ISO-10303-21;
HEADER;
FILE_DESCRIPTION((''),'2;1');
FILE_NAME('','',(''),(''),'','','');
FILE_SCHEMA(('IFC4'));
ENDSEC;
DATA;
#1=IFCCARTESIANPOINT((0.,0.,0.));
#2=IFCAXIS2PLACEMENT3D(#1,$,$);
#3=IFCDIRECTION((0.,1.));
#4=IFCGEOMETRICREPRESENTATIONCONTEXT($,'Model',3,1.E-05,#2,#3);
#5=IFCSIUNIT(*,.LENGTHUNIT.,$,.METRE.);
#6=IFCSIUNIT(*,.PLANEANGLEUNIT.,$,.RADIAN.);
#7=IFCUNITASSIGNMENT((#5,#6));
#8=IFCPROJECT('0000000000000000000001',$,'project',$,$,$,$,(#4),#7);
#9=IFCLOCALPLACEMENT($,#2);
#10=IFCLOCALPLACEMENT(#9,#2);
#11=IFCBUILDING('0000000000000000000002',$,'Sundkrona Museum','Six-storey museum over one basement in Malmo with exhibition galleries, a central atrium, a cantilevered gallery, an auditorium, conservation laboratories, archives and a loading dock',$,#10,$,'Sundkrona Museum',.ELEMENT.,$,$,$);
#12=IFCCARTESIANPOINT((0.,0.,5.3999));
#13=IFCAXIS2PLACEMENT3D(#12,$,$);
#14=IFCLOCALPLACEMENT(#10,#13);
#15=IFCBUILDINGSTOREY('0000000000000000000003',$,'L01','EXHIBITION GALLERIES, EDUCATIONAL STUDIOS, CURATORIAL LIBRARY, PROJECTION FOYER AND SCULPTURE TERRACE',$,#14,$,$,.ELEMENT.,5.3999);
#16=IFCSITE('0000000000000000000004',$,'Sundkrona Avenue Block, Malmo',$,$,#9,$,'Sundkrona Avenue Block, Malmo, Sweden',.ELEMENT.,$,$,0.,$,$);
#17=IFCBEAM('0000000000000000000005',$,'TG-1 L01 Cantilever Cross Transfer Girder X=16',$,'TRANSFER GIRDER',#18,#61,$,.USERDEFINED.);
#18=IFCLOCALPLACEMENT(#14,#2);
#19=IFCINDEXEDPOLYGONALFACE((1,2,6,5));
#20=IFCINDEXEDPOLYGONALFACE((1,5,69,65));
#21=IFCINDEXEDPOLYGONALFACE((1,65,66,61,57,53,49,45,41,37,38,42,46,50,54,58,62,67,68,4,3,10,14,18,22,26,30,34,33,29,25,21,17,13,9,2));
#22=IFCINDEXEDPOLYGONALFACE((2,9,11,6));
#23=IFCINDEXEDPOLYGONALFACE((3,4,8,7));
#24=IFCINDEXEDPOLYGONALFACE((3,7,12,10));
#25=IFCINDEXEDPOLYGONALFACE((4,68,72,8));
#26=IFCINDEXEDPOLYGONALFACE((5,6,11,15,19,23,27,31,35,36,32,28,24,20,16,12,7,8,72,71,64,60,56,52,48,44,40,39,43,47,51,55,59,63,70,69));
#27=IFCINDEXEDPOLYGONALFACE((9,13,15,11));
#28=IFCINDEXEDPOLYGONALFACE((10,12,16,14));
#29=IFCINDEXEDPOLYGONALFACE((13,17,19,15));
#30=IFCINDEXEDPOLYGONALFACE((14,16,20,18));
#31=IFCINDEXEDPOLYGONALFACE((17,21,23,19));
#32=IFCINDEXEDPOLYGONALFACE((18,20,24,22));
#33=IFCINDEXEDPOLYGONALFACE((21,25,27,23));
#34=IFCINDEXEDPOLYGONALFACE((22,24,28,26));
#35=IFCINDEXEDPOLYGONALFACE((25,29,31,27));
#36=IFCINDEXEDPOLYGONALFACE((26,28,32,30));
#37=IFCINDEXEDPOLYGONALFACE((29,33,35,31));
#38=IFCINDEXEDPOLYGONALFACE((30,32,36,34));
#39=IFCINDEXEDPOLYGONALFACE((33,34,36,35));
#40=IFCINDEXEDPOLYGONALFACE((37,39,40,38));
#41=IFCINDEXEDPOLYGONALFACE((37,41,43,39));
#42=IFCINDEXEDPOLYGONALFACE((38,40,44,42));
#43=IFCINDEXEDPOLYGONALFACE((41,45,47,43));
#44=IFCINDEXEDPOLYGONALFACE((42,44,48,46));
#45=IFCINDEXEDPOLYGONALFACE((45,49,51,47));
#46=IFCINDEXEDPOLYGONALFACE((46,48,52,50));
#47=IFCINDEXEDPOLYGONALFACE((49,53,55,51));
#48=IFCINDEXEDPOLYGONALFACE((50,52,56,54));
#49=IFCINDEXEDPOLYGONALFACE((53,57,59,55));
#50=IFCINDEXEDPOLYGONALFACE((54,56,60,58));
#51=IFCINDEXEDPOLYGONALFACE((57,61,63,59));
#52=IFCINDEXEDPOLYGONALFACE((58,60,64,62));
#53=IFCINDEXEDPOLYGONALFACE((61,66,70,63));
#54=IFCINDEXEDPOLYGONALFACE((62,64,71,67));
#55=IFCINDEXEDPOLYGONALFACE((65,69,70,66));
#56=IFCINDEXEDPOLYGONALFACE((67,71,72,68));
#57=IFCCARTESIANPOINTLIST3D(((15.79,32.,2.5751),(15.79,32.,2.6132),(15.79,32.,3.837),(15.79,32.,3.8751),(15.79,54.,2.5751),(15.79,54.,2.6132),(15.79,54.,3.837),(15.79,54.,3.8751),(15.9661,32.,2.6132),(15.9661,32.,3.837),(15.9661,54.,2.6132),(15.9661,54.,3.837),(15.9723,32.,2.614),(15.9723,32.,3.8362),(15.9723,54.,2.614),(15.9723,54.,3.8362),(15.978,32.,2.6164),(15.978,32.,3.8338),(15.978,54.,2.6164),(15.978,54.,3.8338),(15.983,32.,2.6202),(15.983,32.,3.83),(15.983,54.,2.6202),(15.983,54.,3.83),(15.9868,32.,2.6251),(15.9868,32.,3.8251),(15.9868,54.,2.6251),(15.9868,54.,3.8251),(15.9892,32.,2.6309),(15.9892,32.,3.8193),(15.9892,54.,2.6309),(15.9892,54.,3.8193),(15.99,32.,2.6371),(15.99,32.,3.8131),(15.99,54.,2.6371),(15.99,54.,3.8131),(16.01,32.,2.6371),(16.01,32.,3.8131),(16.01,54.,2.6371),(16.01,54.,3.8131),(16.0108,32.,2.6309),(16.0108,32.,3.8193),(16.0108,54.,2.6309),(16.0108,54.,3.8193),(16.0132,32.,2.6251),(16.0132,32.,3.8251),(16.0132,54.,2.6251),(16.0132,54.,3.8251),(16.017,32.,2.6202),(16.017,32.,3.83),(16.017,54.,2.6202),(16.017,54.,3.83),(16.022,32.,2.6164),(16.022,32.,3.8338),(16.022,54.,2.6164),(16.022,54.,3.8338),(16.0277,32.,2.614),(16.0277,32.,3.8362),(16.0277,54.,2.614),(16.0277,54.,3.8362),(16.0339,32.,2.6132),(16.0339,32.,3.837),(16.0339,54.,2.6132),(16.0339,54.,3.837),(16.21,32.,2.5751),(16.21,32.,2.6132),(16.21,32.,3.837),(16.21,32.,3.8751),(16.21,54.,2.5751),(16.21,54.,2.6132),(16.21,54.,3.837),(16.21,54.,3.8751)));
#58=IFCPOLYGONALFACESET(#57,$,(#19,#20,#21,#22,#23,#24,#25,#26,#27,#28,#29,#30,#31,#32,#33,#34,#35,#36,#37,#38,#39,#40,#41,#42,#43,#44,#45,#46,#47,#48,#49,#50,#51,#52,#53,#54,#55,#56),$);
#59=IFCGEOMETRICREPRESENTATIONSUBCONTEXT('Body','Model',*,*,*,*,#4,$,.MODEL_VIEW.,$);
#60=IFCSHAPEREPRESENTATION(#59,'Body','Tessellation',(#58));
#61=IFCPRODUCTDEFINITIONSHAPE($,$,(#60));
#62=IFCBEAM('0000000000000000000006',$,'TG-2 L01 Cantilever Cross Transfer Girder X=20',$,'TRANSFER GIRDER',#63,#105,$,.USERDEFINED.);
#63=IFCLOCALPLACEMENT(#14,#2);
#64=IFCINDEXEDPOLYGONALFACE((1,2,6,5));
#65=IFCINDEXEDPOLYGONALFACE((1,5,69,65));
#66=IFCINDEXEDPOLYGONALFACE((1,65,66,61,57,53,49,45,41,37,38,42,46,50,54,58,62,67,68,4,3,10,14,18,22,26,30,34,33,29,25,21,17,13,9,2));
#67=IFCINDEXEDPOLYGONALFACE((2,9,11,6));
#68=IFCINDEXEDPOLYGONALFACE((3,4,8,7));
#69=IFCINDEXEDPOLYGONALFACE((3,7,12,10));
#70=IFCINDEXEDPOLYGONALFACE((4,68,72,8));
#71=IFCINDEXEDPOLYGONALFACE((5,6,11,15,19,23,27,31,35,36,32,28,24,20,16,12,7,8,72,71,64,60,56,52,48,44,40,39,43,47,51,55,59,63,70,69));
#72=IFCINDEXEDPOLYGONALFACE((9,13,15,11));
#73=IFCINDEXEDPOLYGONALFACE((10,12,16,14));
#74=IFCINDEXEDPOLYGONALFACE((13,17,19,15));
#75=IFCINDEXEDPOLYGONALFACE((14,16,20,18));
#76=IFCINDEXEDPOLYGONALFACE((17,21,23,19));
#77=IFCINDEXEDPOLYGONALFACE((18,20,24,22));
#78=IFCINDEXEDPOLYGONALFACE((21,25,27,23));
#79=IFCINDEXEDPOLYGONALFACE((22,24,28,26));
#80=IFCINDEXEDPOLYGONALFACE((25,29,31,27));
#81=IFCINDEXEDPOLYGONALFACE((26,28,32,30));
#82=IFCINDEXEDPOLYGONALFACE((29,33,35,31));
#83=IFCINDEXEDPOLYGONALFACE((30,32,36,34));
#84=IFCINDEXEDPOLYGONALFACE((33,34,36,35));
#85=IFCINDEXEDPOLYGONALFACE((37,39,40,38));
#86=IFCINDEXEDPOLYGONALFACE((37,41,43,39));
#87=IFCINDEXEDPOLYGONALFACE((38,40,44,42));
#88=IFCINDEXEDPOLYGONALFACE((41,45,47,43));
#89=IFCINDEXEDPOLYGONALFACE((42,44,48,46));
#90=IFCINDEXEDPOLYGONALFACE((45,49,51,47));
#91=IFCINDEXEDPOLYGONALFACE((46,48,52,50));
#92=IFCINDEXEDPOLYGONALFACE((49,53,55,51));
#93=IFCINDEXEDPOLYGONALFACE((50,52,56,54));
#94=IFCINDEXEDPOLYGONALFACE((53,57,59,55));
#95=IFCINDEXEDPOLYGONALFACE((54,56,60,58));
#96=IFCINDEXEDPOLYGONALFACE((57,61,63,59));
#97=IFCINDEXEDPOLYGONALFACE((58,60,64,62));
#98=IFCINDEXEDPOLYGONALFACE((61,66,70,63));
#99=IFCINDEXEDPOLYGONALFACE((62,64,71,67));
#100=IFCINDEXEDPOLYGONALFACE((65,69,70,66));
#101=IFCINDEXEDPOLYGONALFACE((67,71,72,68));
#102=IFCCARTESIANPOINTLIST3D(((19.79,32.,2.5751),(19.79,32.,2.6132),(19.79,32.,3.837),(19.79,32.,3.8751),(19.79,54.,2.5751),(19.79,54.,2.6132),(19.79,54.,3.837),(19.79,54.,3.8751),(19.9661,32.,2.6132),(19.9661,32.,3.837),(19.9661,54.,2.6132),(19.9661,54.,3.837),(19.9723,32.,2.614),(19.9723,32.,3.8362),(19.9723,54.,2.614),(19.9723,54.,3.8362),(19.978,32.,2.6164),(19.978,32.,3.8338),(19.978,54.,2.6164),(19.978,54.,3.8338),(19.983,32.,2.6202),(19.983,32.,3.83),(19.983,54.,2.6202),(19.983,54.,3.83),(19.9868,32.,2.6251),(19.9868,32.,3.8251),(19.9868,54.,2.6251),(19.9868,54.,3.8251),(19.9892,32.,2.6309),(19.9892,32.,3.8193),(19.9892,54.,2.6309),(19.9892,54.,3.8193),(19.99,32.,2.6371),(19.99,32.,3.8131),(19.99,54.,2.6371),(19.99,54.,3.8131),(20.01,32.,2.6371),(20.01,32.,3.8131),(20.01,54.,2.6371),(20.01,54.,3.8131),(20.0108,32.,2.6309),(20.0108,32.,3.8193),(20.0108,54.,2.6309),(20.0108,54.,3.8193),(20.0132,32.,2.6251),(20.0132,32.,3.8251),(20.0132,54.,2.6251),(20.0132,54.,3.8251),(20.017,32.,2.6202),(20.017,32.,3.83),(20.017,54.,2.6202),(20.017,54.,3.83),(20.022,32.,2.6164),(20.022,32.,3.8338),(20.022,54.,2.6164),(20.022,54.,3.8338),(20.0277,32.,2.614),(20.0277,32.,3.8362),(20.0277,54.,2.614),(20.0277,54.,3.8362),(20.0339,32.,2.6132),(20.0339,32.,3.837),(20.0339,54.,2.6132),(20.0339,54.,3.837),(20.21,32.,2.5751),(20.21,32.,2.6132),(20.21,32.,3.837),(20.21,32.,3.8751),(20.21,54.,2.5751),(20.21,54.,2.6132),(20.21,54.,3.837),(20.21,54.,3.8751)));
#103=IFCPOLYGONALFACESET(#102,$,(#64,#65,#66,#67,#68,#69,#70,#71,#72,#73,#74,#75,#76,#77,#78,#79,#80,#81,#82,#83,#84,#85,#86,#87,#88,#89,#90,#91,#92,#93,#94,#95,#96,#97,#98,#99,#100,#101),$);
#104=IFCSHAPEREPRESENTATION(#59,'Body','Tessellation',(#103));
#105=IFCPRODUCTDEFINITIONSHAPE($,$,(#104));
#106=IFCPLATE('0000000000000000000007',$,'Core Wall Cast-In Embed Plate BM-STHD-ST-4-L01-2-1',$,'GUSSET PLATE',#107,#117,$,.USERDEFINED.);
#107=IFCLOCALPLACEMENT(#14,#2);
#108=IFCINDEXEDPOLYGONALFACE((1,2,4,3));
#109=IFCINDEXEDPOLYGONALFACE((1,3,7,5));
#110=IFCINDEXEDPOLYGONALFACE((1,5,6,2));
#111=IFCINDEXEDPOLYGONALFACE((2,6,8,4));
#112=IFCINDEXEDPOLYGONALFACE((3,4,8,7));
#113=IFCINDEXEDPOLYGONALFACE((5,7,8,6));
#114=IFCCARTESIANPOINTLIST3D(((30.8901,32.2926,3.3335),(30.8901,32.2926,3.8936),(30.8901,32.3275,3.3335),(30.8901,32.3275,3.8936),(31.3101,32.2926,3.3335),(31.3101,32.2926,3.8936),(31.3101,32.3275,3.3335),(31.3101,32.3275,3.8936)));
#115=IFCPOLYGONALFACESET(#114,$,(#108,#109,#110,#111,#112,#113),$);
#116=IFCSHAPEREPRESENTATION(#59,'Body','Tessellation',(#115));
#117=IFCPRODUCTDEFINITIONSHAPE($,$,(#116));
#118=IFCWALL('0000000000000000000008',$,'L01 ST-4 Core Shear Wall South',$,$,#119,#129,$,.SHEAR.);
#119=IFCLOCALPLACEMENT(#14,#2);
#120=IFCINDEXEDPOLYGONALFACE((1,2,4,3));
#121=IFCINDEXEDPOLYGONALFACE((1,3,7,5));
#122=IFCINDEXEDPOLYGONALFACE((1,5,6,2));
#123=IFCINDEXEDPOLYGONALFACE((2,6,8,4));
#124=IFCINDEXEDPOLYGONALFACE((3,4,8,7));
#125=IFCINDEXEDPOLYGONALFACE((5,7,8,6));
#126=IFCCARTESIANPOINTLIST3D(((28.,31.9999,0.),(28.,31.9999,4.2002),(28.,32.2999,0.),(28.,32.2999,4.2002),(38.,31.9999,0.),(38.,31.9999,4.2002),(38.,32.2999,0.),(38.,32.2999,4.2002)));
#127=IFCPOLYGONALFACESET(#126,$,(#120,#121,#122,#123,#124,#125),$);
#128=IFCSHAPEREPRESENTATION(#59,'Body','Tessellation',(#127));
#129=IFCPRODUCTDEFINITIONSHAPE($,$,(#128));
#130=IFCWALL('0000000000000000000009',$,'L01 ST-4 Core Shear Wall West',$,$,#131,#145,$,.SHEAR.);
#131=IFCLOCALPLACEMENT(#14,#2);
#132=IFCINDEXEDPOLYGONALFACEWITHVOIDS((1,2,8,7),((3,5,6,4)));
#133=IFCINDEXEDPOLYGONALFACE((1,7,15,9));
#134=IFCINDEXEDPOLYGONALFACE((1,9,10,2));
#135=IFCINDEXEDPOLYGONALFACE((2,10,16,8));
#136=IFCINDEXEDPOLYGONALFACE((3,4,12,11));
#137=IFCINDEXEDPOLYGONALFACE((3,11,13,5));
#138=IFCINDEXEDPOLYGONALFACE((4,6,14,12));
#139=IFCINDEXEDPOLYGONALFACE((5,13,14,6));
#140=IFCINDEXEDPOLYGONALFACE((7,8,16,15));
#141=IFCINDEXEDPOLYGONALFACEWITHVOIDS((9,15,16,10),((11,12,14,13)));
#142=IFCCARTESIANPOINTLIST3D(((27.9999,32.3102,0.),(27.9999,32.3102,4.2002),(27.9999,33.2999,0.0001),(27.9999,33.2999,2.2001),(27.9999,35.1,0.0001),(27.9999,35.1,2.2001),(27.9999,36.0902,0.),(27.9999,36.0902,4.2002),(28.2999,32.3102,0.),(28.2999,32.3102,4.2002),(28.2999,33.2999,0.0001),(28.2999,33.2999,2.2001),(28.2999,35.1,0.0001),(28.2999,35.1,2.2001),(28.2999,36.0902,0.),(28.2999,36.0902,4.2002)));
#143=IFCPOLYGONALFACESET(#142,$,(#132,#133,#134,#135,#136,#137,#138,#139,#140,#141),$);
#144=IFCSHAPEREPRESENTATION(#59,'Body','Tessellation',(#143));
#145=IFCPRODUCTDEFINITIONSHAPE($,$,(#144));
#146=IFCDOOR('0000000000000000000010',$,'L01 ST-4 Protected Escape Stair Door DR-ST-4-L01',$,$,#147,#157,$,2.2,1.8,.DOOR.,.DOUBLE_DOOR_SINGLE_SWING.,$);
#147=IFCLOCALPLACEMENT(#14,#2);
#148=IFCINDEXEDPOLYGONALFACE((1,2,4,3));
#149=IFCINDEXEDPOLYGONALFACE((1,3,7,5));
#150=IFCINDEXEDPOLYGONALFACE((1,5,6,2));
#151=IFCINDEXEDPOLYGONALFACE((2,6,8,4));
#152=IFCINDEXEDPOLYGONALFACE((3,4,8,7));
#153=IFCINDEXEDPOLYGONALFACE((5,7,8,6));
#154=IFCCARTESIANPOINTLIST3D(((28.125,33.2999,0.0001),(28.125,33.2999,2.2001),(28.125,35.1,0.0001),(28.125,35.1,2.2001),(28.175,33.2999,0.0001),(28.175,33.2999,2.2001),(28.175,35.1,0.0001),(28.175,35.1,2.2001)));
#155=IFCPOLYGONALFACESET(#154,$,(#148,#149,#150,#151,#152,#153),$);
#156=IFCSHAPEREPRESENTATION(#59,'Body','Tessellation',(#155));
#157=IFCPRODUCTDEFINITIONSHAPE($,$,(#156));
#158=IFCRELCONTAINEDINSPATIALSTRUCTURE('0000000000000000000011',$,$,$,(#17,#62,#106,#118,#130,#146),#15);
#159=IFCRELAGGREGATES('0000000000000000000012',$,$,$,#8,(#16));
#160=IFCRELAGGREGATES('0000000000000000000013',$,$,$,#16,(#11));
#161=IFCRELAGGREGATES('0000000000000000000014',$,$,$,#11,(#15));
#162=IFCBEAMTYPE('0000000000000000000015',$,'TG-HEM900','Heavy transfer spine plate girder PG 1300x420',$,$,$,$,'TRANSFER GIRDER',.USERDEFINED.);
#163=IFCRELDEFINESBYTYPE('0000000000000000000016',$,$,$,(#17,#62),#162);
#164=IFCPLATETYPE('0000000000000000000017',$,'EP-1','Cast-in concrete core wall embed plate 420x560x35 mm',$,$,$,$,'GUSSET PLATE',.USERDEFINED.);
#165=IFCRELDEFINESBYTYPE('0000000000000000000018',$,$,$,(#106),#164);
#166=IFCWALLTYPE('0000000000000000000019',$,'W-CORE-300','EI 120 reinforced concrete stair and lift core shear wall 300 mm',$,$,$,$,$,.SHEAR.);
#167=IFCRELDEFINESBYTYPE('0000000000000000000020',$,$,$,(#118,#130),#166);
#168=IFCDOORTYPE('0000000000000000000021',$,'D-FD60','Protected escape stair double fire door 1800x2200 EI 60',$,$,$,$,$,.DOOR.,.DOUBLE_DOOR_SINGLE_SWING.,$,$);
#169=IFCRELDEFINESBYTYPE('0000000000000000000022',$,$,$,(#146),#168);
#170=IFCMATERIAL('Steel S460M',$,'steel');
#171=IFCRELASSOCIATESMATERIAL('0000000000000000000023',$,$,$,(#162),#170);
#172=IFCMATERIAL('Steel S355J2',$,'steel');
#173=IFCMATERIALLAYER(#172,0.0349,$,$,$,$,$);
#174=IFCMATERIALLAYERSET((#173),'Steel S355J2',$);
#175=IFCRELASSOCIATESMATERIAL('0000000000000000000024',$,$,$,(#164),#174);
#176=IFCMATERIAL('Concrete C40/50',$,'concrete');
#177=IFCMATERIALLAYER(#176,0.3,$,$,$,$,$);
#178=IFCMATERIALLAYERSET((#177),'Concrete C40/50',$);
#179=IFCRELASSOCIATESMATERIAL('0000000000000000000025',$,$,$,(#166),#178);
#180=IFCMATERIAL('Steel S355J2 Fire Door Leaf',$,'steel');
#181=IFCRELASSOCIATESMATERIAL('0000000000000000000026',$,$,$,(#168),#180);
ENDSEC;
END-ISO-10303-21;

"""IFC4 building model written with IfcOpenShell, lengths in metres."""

from ifc_helpers import new_model, si_unit, direction, frame, frame_2d, origin, origin_2d, place, context, subcontext, project, spatial, rectangle, i_section, extrude, material, layer, layer_set, material_profile, profile_set, type_object, element, fill, save


model = new_model("IFC4")

# Units and contexts
model_context = context("Model", 3, precision=1e-05, world=origin(), true_north=direction((0.0, 1.0)))
body_context = subcontext(model_context, "Body", "Model", "MODEL_VIEW")
ifc_project = project(units=[si_unit("LENGTHUNIT", "METRE"), si_unit("PLANEANGLEUNIT", "RADIAN")], contexts=[model_context])

# Site, building, storey
site_placement = place(None, origin())
site = spatial("IfcSite", under=ifc_project, at=site_placement, Name="Sundkrona Avenue Block, Malmo", LongName="Sundkrona Avenue Block, Malmo, Sweden", CompositionType="ELEMENT", RefElevation=0.0)
building_placement = place(site_placement, origin())
building = spatial("IfcBuilding", under=site, at=building_placement, Name="Sundkrona Museum", Description="Six-storey museum over one basement in Malmo with exhibition galleries, a central atrium, a cantilevered gallery, an auditorium, conservation laboratories, archives and a loading dock", LongName="Sundkrona Museum", CompositionType="ELEMENT")
storey_placement = place(building_placement, frame((0.0, 0.0, 5.3999)))
storey = spatial("IfcBuildingStorey", under=building, at=storey_placement, Name="L01", Description="EXHIBITION GALLERIES, EDUCATIONAL STUDIOS, CURATORIAL LIBRARY, PROJECTION FOYER AND SCULPTURE TERRACE", CompositionType="ELEMENT", Elevation=5.3999)

# Shared definitions
ifc_material_1 = material(Name="Steel S460M", Category="steel")

# Beams
ifc_material_2 = material(Name="Steel S355J2", Category="steel")
ifc_material_profile_1 = material_profile(ifc_material_1, i_section(OverallWidth=0.4199, OverallDepth=1.3, WebThickness=0.02, FlangeThickness=0.0381, FilletRadius=0.0239, at=origin_2d()), Name="PG 1300x420")
ifc_profile_set_1 = profile_set([ifc_material_profile_1], Name="Steel S460M")
beam_type_1 = type_object("IfcBeamType", Name="TG-HEM900", Description="Heavy transfer spine plate girder PG 1300x420", ElementType="TRANSFER GIRDER", PredefinedType="USERDEFINED", material=ifc_profile_set_1)
for number, where, z_axis, x_axis, name in (
    (1, (16.0, 32.0, 3.2251), (0.0, 1.0, 0.0), (-1.0, 0.0, 0.0), "TG-1 L01 Cantilever Cross Transfer Girder X=16"),
    (2, (20.0, 32.0, 3.2251), (0.0, 1.0, 0.0), (-1.0, 0.0, 0.0), "TG-2 L01 Cantilever Cross Transfer Girder X=20"),
):
    element("IfcBeam", number, at=place(storey_placement, frame(where, z_axis=z_axis, x_axis=x_axis)), inside=storey, type_object=beam_type_1, Name=name, ObjectType="TRANSFER GIRDER", PredefinedType="USERDEFINED", context=body_context, shape_type="SweptSolid", body=[
        extrude(i_section(OverallWidth=0.4199, OverallDepth=1.3, WebThickness=0.02, FlangeThickness=0.0381, FilletRadius=0.0239, at=origin_2d()), origin(), (0.0, 0.0, 1.0), 22.0),
    ])

# Plate
ifc_layer_1 = layer(ifc_material_2, 0.0349)
ifc_layer_set_1 = layer_set([ifc_layer_1], Name="Steel S355J2")
plate_type = type_object("IfcPlateType", Name="EP-1", Description="Cast-in concrete core wall embed plate 420x560x35 mm", ElementType="GUSSET PLATE", PredefinedType="USERDEFINED", material=ifc_layer_set_1)
plate_placement = place(storey_placement, frame((31.1001, 32.3101, 3.3335), z_axis=(0.0, 0.0, 1.0), x_axis=(1.0, 0.0, 0.0)))
element("IfcPlate", 3, at=plate_placement, inside=storey, type_object=plate_type, Name="Core Wall Cast-In Embed Plate BM-STHD-ST-4-L01-2-1", ObjectType="GUSSET PLATE", PredefinedType="USERDEFINED", context=body_context, shape_type="SweptSolid", body=[
    extrude(rectangle(XDim=0.4199, YDim=0.0349, at=origin_2d()), origin(), (0.0, 0.0, 1.0), 0.5601),
])

# Wall
ifc_material_3 = material(Name="Concrete C40/50", Category="concrete")
ifc_layer_2 = layer(ifc_material_3, 0.3)
ifc_layer_set_2 = layer_set([ifc_layer_2], Name="Concrete C40/50")
wall_type_1 = type_object("IfcWallType", Name="W-CORE-300", Description="EI 120 reinforced concrete stair and lift core shear wall 300 mm", PredefinedType="SHEAR", material=ifc_layer_set_2)
wall_1_placement = place(storey_placement, frame((28.0, 32.1499, 0.0), z_axis=(0.0, 0.0, 1.0), x_axis=(1.0, 0.0, 0.0)))
element("IfcWall", 4, at=wall_1_placement, inside=storey, type_object=wall_type_1, Name="L01 ST-4 Core Shear Wall South", PredefinedType="SHEAR", context=body_context, shape_type="SweptSolid", body=[
    extrude(rectangle(XDim=10.0, YDim=0.3, at=frame_2d((5.0, 0.0))), origin(), (0.0, 0.0, 1.0), 4.2002),
])

# Wall, opening, door
wall_2_placement = place(storey_placement, frame((28.1499, 32.3101, 0.0), z_axis=(0.0, 0.0, 1.0), x_axis=(0.0, 1.0, 0.0)))
wall_2 = element("IfcWall", 5, at=wall_2_placement, inside=storey, type_object=wall_type_1, Name="L01 ST-4 Core Shear Wall West", PredefinedType="SHEAR", context=body_context, shape_type="SweptSolid", body=[
    extrude(rectangle(XDim=3.78, YDim=0.3, at=frame_2d((1.8901, 0.0))), origin(), (0.0, 0.0, 1.0), 4.2002),
])
opening_1_placement = place(wall_2_placement, frame((0.99, 0.0, 0.0)))
opening_1 = element("IfcOpeningElement", 6, at=opening_1_placement, cuts=wall_2, PredefinedType="OPENING", context=body_context, shape_type="SweptSolid", body=[
    extrude(rectangle(XDim=1.8, YDim=2.2, at=frame_2d((0.8999, 1.1001))), frame((0.0, 0.1599, 0.0), z_axis=(0.0, -1.0, 0.0), x_axis=(1.0, 0.0, 0.0)), (0.0, 0.0, 1.0), 0.3201),
])
ifc_material_4 = material(Name="Steel S355J2 Fire Door Leaf", Category="steel")
door_type = type_object("IfcDoorType", Name="D-FD60", Description="Protected escape stair double fire door 1800x2200 EI 60", OperationType="DOUBLE_DOOR_SINGLE_SWING", PredefinedType="DOOR", material=ifc_material_4)
door_placement = place(opening_1_placement, origin())
door = element("IfcDoor", 7, at=door_placement, inside=storey, type_object=door_type, Name="L01 ST-4 Protected Escape Stair Door DR-ST-4-L01", OperationType="DOUBLE_DOOR_SINGLE_SWING", OverallHeight=2.2, OverallWidth=1.8, PredefinedType="DOOR", context=body_context, shape_type="SweptSolid", body=[
    extrude(rectangle(XDim=1.8, YDim=2.2, at=frame_2d((0.8999, 1.1001))), frame((0.0, 0.0249, 0.0), z_axis=(0.0, -1.0, 0.0), x_axis=(1.0, 0.0, 0.0)), (0.0, 0.0, 1.0), 0.05),
])
fill(opening_1, door)

save(model, "model.ifc")
